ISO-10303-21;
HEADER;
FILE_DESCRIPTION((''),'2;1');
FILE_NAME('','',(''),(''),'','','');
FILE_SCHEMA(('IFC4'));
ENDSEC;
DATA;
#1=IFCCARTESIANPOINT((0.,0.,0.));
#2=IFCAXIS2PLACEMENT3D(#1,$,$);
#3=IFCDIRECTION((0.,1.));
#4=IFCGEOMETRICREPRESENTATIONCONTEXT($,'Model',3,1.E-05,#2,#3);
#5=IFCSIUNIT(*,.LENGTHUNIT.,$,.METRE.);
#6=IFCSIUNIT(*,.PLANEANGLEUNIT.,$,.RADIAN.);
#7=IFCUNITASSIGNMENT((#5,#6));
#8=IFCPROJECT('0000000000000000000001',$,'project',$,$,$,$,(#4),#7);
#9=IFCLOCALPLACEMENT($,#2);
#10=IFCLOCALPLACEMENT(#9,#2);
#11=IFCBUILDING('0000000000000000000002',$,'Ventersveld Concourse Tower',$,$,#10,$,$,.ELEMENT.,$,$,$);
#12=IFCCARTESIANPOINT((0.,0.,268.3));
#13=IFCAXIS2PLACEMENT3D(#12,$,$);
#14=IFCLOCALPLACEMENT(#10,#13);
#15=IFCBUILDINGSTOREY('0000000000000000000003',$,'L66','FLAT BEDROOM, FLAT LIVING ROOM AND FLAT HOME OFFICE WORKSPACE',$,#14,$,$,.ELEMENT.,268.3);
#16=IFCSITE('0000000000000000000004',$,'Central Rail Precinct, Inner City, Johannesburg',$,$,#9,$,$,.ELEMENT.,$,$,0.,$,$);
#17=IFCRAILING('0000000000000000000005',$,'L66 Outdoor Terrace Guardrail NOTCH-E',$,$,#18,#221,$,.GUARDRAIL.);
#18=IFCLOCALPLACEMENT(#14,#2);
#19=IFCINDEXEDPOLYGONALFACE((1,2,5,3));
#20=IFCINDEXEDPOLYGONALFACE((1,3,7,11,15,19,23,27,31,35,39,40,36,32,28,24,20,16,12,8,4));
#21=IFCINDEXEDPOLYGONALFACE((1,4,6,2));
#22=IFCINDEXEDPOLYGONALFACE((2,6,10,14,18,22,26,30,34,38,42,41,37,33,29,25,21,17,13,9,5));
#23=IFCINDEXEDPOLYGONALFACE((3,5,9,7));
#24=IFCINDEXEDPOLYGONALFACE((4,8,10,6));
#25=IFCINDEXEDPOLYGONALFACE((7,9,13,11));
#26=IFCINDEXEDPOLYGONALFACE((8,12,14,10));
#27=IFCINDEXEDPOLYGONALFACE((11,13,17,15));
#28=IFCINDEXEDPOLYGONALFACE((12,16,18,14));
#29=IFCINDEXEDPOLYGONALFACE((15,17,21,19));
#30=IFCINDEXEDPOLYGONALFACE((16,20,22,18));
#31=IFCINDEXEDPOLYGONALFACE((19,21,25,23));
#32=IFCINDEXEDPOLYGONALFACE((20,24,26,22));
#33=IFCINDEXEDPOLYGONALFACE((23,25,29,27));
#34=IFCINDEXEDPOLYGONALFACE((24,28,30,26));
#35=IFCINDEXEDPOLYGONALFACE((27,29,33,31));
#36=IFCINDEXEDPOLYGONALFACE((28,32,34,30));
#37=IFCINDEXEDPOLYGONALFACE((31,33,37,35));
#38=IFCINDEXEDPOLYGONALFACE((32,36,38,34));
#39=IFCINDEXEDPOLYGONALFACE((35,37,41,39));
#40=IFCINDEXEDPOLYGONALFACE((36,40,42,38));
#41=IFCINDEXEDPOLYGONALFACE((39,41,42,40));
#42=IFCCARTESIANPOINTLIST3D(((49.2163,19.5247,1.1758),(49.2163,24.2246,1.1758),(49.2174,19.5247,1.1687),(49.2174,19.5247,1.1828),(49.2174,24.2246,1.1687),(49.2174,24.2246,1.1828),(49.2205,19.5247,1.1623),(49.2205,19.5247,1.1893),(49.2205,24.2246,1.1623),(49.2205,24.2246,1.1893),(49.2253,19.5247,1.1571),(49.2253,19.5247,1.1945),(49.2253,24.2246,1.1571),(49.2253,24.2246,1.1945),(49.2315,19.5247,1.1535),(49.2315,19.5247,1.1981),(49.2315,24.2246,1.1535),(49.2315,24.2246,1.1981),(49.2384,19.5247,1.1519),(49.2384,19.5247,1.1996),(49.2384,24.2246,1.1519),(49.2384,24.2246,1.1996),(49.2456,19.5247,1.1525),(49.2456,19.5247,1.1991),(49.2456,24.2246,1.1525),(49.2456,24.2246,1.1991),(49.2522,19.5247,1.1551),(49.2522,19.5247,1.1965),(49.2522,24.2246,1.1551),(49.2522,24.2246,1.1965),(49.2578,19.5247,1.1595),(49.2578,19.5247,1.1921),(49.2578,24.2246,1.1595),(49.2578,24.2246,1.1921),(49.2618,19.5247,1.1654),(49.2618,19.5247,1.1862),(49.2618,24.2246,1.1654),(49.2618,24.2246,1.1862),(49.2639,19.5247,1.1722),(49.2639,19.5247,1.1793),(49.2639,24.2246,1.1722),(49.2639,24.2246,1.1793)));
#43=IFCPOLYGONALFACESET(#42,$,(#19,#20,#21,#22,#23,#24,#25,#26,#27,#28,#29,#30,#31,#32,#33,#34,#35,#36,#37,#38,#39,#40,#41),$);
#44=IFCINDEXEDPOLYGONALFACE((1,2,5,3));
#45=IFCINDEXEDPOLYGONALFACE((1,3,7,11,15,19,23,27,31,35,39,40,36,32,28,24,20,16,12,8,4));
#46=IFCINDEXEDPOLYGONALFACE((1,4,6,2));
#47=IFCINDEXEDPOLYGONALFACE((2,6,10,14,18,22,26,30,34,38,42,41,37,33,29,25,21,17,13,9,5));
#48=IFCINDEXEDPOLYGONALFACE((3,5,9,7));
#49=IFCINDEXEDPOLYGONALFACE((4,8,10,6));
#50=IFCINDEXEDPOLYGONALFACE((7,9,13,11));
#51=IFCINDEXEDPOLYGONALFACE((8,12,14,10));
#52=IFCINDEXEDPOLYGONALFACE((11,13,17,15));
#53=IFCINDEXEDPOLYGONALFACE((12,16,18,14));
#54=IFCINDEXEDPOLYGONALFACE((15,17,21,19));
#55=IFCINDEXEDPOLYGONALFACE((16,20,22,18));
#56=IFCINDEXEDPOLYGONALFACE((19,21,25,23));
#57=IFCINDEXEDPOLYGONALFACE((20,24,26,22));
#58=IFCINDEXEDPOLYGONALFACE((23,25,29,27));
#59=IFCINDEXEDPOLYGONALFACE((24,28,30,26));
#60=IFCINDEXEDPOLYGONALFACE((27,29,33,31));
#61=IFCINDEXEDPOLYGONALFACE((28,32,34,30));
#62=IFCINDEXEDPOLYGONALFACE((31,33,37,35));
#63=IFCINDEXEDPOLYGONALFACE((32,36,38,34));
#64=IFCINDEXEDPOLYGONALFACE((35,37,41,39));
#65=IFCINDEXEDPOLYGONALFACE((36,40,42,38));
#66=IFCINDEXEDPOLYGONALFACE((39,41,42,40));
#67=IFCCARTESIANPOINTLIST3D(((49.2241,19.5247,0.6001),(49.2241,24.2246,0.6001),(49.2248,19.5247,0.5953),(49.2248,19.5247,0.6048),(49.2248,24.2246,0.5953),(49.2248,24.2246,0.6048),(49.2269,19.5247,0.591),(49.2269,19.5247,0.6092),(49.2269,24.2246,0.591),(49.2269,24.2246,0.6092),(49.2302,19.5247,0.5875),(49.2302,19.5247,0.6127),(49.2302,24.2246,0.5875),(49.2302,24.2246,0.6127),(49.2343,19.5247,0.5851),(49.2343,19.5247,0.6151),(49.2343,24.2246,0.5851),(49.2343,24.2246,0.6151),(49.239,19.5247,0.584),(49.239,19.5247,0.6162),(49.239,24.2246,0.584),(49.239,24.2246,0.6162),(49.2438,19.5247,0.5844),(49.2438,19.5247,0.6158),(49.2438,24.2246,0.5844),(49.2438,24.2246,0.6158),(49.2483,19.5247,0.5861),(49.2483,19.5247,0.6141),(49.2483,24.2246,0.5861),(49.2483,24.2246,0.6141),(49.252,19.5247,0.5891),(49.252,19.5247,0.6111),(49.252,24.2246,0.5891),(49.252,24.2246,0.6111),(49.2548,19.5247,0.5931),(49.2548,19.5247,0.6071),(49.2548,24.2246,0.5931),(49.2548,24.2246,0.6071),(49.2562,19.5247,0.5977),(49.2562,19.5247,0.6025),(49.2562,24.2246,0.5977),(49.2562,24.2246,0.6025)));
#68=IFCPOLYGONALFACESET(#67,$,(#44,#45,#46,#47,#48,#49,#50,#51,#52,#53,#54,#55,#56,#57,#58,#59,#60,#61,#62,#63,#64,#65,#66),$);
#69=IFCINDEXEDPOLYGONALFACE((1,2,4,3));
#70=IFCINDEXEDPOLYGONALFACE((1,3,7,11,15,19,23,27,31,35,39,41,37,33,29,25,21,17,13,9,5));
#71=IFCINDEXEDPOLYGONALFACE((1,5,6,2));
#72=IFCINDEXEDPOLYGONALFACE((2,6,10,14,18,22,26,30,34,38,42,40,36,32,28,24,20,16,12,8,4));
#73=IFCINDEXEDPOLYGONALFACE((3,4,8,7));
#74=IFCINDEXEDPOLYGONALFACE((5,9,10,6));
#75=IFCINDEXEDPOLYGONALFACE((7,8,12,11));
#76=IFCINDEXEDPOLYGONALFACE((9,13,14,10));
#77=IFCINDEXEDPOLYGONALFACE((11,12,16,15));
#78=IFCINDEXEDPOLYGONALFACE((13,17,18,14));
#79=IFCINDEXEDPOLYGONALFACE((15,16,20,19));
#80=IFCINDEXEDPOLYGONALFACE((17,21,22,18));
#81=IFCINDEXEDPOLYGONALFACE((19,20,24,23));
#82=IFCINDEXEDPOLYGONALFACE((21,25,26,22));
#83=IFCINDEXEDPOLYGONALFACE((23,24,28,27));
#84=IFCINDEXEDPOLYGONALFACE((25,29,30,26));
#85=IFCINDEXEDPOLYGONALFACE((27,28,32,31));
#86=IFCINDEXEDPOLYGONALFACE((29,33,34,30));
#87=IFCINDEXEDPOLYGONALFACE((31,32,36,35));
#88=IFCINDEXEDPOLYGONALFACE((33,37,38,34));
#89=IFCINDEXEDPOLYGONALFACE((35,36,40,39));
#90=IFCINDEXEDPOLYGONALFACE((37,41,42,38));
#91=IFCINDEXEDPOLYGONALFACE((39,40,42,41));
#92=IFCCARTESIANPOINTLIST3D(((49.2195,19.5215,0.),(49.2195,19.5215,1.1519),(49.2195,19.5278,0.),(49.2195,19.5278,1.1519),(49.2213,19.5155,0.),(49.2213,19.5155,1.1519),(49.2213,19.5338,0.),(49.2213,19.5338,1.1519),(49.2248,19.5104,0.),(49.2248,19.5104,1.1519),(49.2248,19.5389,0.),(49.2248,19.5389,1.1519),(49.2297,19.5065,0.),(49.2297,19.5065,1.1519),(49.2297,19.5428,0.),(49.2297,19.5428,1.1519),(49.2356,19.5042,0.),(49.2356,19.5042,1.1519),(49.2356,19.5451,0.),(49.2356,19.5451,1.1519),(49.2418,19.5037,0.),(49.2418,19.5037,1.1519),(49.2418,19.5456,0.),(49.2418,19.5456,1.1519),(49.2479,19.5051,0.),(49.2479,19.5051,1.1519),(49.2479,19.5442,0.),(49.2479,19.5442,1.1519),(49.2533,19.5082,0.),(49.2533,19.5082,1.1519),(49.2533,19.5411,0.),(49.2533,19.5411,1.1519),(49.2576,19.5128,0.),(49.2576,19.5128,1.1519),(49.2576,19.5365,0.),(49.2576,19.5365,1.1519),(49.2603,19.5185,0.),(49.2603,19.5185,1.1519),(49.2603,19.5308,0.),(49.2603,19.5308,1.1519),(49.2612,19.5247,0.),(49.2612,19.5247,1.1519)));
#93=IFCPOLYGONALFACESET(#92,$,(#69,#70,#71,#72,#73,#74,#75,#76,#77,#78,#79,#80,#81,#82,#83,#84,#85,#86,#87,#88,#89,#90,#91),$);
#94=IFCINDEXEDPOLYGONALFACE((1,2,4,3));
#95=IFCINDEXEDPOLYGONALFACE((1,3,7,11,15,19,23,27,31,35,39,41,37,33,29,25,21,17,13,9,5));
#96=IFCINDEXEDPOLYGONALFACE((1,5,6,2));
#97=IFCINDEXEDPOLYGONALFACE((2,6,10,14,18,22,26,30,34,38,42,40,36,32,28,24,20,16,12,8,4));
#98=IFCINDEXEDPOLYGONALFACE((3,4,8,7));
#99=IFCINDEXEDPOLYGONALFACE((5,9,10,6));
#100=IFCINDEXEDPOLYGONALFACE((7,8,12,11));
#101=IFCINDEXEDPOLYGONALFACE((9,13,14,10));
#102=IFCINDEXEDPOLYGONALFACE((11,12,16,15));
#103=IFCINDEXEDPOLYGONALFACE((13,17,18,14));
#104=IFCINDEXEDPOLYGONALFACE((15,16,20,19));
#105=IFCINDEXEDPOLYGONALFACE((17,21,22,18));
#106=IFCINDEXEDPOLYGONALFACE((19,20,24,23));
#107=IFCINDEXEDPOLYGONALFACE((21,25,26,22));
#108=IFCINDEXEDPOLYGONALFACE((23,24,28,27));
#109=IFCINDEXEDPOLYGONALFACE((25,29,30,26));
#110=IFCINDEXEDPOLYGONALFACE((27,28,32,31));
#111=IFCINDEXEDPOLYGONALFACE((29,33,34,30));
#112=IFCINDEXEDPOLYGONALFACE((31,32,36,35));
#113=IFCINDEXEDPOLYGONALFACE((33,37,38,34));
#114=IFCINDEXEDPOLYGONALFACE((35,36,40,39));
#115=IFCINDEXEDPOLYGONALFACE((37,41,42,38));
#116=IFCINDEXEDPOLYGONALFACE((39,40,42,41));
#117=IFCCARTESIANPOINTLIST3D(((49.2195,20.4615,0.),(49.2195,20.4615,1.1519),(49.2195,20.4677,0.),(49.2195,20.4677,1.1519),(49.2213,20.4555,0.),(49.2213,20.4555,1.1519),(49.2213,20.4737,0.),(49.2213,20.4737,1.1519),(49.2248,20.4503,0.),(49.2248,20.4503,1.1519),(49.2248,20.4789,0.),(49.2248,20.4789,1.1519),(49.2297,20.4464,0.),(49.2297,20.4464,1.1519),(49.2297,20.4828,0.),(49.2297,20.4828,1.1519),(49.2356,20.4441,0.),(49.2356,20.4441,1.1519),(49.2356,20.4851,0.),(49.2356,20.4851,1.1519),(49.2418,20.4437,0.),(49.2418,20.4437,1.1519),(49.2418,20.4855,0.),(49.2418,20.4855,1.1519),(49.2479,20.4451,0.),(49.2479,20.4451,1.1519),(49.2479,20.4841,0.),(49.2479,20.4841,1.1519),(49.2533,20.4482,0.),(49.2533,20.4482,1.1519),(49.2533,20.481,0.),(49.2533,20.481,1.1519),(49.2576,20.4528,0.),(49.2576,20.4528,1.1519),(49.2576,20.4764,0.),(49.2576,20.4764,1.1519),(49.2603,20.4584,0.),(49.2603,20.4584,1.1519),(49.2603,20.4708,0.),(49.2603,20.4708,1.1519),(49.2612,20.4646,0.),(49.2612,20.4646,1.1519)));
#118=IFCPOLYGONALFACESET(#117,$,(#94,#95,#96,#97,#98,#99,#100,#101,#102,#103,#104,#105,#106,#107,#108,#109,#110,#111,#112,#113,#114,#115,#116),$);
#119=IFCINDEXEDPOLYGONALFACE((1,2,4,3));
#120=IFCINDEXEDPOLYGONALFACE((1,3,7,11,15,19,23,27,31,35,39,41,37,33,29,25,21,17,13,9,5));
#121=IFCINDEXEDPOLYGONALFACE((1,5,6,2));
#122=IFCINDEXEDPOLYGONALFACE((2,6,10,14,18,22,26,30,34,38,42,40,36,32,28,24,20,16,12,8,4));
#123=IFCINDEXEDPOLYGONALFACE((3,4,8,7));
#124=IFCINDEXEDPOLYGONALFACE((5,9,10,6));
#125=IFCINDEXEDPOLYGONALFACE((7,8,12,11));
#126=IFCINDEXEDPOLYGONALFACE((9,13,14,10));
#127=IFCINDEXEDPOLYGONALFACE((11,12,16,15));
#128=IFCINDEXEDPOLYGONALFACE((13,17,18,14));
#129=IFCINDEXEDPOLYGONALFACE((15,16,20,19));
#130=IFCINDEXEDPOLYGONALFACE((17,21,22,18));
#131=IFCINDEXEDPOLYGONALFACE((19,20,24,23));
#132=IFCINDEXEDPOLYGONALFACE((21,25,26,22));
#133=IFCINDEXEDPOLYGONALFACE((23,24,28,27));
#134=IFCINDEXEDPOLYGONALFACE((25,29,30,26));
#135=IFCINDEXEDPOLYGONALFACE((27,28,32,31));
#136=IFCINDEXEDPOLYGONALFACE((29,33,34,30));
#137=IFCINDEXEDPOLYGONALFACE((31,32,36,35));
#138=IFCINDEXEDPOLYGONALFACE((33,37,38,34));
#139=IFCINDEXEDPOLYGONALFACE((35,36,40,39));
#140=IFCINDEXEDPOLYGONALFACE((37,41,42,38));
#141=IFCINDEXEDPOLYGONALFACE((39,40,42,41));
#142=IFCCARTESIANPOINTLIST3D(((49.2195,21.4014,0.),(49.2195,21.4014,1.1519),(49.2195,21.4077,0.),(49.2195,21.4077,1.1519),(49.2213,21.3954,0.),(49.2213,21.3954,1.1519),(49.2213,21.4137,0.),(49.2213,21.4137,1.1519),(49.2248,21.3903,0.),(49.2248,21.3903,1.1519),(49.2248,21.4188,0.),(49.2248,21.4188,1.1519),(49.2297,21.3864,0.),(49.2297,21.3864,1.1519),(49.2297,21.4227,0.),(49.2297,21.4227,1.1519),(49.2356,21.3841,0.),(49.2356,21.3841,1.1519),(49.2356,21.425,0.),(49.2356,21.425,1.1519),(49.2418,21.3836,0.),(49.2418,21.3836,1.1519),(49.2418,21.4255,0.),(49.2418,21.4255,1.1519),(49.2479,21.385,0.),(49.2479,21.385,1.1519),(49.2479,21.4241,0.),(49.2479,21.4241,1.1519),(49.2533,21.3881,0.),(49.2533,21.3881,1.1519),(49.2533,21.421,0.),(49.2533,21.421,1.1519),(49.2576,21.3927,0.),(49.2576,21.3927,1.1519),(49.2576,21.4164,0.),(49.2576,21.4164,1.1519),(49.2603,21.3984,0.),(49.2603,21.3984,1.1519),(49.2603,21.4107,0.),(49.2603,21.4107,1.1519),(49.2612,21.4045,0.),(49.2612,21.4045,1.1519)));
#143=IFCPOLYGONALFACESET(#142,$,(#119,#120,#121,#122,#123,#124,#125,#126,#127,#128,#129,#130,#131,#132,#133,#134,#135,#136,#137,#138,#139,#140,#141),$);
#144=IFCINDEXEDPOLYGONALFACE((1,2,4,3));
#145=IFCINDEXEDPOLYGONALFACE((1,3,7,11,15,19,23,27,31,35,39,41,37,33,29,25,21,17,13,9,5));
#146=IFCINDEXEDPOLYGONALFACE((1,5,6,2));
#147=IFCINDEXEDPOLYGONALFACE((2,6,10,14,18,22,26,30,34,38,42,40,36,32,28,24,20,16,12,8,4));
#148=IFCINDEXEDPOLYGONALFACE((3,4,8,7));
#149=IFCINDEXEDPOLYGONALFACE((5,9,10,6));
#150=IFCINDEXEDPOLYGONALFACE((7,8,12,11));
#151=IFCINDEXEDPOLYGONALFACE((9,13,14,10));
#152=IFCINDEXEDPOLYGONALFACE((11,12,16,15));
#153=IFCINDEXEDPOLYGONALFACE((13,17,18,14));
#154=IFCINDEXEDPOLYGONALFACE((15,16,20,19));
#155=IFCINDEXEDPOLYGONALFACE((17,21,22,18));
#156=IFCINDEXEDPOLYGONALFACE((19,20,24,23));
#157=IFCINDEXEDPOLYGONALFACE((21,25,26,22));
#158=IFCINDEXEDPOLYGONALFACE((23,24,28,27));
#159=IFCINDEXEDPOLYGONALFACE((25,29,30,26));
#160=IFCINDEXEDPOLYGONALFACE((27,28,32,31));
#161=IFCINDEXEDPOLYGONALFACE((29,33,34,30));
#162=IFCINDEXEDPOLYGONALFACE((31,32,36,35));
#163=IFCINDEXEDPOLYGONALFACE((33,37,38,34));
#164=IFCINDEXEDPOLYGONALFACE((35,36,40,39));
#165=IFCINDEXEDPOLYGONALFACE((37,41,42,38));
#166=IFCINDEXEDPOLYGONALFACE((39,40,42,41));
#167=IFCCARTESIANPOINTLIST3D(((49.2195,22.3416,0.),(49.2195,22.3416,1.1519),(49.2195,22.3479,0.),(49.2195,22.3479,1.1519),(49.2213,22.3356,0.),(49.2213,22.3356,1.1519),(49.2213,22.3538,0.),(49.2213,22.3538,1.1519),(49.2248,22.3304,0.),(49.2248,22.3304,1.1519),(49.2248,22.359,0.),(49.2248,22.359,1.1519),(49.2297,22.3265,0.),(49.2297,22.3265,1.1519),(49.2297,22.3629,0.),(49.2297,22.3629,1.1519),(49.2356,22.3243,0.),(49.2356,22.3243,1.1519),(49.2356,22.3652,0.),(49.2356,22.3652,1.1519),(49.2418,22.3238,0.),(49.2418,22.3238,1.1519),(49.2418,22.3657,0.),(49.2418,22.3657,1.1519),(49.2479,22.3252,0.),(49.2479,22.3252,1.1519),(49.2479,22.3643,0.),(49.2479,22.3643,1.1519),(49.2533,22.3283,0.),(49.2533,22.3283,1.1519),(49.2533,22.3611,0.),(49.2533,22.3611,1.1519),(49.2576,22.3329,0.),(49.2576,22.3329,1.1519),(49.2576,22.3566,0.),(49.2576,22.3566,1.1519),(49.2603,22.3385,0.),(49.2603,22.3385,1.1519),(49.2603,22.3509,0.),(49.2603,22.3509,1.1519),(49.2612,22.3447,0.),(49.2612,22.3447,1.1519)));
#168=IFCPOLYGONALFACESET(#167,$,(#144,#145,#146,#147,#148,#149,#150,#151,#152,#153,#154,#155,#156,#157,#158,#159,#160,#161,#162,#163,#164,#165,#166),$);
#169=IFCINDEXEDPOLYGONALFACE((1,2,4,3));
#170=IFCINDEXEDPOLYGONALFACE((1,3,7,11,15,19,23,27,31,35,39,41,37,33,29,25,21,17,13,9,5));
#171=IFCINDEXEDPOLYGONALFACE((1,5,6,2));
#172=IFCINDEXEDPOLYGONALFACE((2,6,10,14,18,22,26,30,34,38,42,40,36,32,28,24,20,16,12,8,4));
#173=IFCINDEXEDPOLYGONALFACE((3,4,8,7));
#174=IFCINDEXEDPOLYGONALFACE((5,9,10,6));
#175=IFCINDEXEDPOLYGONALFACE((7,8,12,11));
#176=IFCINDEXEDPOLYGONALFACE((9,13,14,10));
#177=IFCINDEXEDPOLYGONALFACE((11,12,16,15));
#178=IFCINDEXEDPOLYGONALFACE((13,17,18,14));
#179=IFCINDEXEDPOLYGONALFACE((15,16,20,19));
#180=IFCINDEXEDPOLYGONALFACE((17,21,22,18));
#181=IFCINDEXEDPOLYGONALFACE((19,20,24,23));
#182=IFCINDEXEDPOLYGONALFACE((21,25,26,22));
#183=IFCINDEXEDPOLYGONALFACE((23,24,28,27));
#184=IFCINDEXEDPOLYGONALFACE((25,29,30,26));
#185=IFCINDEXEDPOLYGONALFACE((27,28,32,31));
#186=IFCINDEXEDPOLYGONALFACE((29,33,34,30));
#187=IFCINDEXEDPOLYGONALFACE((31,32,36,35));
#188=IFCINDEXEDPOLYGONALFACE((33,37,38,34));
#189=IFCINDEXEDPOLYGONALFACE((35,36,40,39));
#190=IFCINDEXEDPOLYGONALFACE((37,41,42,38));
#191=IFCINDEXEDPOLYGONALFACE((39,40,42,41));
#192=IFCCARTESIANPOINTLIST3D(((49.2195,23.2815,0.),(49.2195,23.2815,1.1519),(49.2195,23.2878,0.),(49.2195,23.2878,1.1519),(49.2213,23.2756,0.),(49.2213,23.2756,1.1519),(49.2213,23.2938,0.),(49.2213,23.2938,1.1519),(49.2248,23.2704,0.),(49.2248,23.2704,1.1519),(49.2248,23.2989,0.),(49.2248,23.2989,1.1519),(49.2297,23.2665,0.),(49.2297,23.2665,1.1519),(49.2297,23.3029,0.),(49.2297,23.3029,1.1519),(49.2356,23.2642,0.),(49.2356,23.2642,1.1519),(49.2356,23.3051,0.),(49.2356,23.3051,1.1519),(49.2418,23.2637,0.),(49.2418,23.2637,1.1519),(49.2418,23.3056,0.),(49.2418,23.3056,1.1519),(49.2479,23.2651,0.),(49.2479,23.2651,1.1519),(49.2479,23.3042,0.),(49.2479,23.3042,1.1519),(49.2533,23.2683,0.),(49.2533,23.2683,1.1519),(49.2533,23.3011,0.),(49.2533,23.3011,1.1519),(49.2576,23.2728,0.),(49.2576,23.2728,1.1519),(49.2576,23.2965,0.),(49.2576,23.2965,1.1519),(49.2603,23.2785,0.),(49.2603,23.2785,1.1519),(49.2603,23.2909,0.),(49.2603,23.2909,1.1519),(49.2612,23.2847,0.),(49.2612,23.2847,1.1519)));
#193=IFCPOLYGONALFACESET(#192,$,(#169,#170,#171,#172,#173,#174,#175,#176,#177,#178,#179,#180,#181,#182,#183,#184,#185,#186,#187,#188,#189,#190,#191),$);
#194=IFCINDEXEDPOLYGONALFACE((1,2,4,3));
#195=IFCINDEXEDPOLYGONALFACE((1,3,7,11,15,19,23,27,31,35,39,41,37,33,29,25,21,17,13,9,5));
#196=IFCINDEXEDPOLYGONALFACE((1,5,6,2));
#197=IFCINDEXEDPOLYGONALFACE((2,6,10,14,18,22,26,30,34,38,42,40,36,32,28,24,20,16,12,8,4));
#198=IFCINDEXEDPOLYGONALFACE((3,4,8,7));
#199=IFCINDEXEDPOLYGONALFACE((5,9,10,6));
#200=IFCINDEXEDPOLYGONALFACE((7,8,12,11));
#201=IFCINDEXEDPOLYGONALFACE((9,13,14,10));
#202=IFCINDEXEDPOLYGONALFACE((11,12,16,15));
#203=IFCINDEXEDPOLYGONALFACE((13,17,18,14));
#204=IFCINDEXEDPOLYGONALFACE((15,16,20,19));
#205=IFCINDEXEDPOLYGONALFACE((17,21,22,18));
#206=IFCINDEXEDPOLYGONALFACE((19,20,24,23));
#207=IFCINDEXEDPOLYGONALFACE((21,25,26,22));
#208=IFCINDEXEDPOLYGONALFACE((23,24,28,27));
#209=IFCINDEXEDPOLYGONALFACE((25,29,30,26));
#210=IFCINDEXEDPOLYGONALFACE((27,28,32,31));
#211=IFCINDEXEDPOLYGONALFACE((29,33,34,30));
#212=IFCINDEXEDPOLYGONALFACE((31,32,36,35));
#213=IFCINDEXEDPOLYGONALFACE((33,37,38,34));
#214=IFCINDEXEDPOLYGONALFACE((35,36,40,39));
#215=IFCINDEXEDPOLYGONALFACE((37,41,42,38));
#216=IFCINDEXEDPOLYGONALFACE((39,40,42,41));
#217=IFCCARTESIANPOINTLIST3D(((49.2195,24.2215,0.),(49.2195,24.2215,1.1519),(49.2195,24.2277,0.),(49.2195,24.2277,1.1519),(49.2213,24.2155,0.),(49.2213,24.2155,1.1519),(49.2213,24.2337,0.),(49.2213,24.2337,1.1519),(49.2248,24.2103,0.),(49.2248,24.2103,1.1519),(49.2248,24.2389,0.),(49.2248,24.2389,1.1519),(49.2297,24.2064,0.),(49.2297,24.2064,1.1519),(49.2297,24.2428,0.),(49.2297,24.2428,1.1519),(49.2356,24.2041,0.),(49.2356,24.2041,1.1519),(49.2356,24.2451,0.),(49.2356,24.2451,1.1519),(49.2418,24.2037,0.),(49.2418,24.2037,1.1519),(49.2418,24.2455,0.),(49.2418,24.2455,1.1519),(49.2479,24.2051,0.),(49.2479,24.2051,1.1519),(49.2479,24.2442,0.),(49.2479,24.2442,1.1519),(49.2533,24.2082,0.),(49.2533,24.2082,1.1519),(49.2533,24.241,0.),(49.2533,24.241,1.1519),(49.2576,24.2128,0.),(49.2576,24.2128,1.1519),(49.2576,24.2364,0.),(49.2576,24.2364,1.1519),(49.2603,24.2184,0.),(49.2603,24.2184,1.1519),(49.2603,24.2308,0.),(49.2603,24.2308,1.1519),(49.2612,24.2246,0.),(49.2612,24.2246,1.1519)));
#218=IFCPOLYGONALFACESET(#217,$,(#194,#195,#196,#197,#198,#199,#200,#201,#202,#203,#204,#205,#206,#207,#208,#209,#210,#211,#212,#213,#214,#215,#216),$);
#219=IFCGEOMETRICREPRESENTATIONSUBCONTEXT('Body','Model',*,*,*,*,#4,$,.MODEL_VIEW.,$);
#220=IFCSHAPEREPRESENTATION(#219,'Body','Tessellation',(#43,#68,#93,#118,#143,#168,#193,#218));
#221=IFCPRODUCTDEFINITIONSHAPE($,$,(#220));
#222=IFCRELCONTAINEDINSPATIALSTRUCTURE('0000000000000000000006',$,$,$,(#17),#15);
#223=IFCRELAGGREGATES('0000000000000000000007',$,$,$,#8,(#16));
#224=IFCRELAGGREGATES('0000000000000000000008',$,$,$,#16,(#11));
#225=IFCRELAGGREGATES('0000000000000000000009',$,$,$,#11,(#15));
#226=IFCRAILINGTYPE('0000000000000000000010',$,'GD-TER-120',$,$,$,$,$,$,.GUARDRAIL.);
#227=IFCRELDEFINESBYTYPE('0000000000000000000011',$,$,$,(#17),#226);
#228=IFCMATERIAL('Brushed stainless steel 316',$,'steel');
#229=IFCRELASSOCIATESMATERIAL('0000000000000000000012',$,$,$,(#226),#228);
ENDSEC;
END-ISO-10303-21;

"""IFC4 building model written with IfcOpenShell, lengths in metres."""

from ifc_helpers import new_model, si_unit, direction, frame, origin, origin_2d, place, context, subcontext, project, spatial, circle, extrude, material, type_object, element, save


model = new_model("IFC4")

# Units and contexts
model_context = context("Model", 3, precision=1e-05, world=origin(), true_north=direction((0.0, 1.0)))
body_context = subcontext(model_context, "Body", "Model", "MODEL_VIEW")
ifc_project = project(units=[si_unit("LENGTHUNIT", "METRE"), si_unit("PLANEANGLEUNIT", "RADIAN")], contexts=[model_context])

# Site, building, storey
site_placement = place(None, origin())
site = spatial("IfcSite", under=ifc_project, at=site_placement, Name="Central Rail Precinct, Inner City, Johannesburg", CompositionType="ELEMENT", RefElevation=0.0)
building_placement = place(site_placement, origin())
building = spatial("IfcBuilding", under=site, at=building_placement, Name="Ventersveld Concourse Tower", CompositionType="ELEMENT")
storey_placement = place(building_placement, frame((0.0, 0.0, 268.3)))
storey = spatial("IfcBuildingStorey", under=building, at=storey_placement, Name="L66", Description="FLAT BEDROOM, FLAT LIVING ROOM AND FLAT HOME OFFICE WORKSPACE", CompositionType="ELEMENT", Elevation=268.3)

# Railing
ifc_material_1 = material(Name="Brushed stainless steel 316", Category="steel")
railing_type = type_object("IfcRailingType", Name="GD-TER-120", PredefinedType="GUARDRAIL", material=ifc_material_1)
railing_placement = place(storey_placement, frame((49.2402, 19.5247, 0.0)))
element("IfcRailing", 1, at=railing_placement, inside=storey, type_object=railing_type, Name="L66 Outdoor Terrace Guardrail NOTCH-E", PredefinedType="GUARDRAIL", context=body_context, shape_type="SweptSolid", body=[
    extrude(circle(Radius=0.0239, at=origin_2d()), frame((0.0, 0.0, 1.1758), z_axis=(0.0, 1.0, 0.0), x_axis=(-1.0, 0.0, 0.0)), (0.0, 0.0, 1.0), 4.7),
    extrude(circle(Radius=0.0161, at=origin_2d()), frame((0.0, 0.0, 0.6001), z_axis=(0.0, 1.0, 0.0), x_axis=(-1.0, 0.0, 0.0)), (0.0, 0.0, 1.0), 4.7),
    extrude(circle(Radius=0.021, at=origin_2d()), origin(), (0.0, 0.0, 1.0), 1.1519),
    extrude(circle(Radius=0.021, at=origin_2d()), frame((0.0, 0.9399, 0.0)), (0.0, 0.0, 1.0), 1.1519),
    extrude(circle(Radius=0.021, at=origin_2d()), frame((0.0, 1.8799, 0.0)), (0.0, 0.0, 1.0), 1.1519),
    extrude(circle(Radius=0.021, at=origin_2d()), frame((0.0, 2.8201, 0.0)), (0.0, 0.0, 1.0), 1.1519),
    extrude(circle(Radius=0.021, at=origin_2d()), frame((0.0, 3.76, 0.0)), (0.0, 0.0, 1.0), 1.1519),
    extrude(circle(Radius=0.021, at=origin_2d()), frame((0.0, 4.7, 0.0)), (0.0, 0.0, 1.0), 1.1519),
])

save(model, "model.ifc")
